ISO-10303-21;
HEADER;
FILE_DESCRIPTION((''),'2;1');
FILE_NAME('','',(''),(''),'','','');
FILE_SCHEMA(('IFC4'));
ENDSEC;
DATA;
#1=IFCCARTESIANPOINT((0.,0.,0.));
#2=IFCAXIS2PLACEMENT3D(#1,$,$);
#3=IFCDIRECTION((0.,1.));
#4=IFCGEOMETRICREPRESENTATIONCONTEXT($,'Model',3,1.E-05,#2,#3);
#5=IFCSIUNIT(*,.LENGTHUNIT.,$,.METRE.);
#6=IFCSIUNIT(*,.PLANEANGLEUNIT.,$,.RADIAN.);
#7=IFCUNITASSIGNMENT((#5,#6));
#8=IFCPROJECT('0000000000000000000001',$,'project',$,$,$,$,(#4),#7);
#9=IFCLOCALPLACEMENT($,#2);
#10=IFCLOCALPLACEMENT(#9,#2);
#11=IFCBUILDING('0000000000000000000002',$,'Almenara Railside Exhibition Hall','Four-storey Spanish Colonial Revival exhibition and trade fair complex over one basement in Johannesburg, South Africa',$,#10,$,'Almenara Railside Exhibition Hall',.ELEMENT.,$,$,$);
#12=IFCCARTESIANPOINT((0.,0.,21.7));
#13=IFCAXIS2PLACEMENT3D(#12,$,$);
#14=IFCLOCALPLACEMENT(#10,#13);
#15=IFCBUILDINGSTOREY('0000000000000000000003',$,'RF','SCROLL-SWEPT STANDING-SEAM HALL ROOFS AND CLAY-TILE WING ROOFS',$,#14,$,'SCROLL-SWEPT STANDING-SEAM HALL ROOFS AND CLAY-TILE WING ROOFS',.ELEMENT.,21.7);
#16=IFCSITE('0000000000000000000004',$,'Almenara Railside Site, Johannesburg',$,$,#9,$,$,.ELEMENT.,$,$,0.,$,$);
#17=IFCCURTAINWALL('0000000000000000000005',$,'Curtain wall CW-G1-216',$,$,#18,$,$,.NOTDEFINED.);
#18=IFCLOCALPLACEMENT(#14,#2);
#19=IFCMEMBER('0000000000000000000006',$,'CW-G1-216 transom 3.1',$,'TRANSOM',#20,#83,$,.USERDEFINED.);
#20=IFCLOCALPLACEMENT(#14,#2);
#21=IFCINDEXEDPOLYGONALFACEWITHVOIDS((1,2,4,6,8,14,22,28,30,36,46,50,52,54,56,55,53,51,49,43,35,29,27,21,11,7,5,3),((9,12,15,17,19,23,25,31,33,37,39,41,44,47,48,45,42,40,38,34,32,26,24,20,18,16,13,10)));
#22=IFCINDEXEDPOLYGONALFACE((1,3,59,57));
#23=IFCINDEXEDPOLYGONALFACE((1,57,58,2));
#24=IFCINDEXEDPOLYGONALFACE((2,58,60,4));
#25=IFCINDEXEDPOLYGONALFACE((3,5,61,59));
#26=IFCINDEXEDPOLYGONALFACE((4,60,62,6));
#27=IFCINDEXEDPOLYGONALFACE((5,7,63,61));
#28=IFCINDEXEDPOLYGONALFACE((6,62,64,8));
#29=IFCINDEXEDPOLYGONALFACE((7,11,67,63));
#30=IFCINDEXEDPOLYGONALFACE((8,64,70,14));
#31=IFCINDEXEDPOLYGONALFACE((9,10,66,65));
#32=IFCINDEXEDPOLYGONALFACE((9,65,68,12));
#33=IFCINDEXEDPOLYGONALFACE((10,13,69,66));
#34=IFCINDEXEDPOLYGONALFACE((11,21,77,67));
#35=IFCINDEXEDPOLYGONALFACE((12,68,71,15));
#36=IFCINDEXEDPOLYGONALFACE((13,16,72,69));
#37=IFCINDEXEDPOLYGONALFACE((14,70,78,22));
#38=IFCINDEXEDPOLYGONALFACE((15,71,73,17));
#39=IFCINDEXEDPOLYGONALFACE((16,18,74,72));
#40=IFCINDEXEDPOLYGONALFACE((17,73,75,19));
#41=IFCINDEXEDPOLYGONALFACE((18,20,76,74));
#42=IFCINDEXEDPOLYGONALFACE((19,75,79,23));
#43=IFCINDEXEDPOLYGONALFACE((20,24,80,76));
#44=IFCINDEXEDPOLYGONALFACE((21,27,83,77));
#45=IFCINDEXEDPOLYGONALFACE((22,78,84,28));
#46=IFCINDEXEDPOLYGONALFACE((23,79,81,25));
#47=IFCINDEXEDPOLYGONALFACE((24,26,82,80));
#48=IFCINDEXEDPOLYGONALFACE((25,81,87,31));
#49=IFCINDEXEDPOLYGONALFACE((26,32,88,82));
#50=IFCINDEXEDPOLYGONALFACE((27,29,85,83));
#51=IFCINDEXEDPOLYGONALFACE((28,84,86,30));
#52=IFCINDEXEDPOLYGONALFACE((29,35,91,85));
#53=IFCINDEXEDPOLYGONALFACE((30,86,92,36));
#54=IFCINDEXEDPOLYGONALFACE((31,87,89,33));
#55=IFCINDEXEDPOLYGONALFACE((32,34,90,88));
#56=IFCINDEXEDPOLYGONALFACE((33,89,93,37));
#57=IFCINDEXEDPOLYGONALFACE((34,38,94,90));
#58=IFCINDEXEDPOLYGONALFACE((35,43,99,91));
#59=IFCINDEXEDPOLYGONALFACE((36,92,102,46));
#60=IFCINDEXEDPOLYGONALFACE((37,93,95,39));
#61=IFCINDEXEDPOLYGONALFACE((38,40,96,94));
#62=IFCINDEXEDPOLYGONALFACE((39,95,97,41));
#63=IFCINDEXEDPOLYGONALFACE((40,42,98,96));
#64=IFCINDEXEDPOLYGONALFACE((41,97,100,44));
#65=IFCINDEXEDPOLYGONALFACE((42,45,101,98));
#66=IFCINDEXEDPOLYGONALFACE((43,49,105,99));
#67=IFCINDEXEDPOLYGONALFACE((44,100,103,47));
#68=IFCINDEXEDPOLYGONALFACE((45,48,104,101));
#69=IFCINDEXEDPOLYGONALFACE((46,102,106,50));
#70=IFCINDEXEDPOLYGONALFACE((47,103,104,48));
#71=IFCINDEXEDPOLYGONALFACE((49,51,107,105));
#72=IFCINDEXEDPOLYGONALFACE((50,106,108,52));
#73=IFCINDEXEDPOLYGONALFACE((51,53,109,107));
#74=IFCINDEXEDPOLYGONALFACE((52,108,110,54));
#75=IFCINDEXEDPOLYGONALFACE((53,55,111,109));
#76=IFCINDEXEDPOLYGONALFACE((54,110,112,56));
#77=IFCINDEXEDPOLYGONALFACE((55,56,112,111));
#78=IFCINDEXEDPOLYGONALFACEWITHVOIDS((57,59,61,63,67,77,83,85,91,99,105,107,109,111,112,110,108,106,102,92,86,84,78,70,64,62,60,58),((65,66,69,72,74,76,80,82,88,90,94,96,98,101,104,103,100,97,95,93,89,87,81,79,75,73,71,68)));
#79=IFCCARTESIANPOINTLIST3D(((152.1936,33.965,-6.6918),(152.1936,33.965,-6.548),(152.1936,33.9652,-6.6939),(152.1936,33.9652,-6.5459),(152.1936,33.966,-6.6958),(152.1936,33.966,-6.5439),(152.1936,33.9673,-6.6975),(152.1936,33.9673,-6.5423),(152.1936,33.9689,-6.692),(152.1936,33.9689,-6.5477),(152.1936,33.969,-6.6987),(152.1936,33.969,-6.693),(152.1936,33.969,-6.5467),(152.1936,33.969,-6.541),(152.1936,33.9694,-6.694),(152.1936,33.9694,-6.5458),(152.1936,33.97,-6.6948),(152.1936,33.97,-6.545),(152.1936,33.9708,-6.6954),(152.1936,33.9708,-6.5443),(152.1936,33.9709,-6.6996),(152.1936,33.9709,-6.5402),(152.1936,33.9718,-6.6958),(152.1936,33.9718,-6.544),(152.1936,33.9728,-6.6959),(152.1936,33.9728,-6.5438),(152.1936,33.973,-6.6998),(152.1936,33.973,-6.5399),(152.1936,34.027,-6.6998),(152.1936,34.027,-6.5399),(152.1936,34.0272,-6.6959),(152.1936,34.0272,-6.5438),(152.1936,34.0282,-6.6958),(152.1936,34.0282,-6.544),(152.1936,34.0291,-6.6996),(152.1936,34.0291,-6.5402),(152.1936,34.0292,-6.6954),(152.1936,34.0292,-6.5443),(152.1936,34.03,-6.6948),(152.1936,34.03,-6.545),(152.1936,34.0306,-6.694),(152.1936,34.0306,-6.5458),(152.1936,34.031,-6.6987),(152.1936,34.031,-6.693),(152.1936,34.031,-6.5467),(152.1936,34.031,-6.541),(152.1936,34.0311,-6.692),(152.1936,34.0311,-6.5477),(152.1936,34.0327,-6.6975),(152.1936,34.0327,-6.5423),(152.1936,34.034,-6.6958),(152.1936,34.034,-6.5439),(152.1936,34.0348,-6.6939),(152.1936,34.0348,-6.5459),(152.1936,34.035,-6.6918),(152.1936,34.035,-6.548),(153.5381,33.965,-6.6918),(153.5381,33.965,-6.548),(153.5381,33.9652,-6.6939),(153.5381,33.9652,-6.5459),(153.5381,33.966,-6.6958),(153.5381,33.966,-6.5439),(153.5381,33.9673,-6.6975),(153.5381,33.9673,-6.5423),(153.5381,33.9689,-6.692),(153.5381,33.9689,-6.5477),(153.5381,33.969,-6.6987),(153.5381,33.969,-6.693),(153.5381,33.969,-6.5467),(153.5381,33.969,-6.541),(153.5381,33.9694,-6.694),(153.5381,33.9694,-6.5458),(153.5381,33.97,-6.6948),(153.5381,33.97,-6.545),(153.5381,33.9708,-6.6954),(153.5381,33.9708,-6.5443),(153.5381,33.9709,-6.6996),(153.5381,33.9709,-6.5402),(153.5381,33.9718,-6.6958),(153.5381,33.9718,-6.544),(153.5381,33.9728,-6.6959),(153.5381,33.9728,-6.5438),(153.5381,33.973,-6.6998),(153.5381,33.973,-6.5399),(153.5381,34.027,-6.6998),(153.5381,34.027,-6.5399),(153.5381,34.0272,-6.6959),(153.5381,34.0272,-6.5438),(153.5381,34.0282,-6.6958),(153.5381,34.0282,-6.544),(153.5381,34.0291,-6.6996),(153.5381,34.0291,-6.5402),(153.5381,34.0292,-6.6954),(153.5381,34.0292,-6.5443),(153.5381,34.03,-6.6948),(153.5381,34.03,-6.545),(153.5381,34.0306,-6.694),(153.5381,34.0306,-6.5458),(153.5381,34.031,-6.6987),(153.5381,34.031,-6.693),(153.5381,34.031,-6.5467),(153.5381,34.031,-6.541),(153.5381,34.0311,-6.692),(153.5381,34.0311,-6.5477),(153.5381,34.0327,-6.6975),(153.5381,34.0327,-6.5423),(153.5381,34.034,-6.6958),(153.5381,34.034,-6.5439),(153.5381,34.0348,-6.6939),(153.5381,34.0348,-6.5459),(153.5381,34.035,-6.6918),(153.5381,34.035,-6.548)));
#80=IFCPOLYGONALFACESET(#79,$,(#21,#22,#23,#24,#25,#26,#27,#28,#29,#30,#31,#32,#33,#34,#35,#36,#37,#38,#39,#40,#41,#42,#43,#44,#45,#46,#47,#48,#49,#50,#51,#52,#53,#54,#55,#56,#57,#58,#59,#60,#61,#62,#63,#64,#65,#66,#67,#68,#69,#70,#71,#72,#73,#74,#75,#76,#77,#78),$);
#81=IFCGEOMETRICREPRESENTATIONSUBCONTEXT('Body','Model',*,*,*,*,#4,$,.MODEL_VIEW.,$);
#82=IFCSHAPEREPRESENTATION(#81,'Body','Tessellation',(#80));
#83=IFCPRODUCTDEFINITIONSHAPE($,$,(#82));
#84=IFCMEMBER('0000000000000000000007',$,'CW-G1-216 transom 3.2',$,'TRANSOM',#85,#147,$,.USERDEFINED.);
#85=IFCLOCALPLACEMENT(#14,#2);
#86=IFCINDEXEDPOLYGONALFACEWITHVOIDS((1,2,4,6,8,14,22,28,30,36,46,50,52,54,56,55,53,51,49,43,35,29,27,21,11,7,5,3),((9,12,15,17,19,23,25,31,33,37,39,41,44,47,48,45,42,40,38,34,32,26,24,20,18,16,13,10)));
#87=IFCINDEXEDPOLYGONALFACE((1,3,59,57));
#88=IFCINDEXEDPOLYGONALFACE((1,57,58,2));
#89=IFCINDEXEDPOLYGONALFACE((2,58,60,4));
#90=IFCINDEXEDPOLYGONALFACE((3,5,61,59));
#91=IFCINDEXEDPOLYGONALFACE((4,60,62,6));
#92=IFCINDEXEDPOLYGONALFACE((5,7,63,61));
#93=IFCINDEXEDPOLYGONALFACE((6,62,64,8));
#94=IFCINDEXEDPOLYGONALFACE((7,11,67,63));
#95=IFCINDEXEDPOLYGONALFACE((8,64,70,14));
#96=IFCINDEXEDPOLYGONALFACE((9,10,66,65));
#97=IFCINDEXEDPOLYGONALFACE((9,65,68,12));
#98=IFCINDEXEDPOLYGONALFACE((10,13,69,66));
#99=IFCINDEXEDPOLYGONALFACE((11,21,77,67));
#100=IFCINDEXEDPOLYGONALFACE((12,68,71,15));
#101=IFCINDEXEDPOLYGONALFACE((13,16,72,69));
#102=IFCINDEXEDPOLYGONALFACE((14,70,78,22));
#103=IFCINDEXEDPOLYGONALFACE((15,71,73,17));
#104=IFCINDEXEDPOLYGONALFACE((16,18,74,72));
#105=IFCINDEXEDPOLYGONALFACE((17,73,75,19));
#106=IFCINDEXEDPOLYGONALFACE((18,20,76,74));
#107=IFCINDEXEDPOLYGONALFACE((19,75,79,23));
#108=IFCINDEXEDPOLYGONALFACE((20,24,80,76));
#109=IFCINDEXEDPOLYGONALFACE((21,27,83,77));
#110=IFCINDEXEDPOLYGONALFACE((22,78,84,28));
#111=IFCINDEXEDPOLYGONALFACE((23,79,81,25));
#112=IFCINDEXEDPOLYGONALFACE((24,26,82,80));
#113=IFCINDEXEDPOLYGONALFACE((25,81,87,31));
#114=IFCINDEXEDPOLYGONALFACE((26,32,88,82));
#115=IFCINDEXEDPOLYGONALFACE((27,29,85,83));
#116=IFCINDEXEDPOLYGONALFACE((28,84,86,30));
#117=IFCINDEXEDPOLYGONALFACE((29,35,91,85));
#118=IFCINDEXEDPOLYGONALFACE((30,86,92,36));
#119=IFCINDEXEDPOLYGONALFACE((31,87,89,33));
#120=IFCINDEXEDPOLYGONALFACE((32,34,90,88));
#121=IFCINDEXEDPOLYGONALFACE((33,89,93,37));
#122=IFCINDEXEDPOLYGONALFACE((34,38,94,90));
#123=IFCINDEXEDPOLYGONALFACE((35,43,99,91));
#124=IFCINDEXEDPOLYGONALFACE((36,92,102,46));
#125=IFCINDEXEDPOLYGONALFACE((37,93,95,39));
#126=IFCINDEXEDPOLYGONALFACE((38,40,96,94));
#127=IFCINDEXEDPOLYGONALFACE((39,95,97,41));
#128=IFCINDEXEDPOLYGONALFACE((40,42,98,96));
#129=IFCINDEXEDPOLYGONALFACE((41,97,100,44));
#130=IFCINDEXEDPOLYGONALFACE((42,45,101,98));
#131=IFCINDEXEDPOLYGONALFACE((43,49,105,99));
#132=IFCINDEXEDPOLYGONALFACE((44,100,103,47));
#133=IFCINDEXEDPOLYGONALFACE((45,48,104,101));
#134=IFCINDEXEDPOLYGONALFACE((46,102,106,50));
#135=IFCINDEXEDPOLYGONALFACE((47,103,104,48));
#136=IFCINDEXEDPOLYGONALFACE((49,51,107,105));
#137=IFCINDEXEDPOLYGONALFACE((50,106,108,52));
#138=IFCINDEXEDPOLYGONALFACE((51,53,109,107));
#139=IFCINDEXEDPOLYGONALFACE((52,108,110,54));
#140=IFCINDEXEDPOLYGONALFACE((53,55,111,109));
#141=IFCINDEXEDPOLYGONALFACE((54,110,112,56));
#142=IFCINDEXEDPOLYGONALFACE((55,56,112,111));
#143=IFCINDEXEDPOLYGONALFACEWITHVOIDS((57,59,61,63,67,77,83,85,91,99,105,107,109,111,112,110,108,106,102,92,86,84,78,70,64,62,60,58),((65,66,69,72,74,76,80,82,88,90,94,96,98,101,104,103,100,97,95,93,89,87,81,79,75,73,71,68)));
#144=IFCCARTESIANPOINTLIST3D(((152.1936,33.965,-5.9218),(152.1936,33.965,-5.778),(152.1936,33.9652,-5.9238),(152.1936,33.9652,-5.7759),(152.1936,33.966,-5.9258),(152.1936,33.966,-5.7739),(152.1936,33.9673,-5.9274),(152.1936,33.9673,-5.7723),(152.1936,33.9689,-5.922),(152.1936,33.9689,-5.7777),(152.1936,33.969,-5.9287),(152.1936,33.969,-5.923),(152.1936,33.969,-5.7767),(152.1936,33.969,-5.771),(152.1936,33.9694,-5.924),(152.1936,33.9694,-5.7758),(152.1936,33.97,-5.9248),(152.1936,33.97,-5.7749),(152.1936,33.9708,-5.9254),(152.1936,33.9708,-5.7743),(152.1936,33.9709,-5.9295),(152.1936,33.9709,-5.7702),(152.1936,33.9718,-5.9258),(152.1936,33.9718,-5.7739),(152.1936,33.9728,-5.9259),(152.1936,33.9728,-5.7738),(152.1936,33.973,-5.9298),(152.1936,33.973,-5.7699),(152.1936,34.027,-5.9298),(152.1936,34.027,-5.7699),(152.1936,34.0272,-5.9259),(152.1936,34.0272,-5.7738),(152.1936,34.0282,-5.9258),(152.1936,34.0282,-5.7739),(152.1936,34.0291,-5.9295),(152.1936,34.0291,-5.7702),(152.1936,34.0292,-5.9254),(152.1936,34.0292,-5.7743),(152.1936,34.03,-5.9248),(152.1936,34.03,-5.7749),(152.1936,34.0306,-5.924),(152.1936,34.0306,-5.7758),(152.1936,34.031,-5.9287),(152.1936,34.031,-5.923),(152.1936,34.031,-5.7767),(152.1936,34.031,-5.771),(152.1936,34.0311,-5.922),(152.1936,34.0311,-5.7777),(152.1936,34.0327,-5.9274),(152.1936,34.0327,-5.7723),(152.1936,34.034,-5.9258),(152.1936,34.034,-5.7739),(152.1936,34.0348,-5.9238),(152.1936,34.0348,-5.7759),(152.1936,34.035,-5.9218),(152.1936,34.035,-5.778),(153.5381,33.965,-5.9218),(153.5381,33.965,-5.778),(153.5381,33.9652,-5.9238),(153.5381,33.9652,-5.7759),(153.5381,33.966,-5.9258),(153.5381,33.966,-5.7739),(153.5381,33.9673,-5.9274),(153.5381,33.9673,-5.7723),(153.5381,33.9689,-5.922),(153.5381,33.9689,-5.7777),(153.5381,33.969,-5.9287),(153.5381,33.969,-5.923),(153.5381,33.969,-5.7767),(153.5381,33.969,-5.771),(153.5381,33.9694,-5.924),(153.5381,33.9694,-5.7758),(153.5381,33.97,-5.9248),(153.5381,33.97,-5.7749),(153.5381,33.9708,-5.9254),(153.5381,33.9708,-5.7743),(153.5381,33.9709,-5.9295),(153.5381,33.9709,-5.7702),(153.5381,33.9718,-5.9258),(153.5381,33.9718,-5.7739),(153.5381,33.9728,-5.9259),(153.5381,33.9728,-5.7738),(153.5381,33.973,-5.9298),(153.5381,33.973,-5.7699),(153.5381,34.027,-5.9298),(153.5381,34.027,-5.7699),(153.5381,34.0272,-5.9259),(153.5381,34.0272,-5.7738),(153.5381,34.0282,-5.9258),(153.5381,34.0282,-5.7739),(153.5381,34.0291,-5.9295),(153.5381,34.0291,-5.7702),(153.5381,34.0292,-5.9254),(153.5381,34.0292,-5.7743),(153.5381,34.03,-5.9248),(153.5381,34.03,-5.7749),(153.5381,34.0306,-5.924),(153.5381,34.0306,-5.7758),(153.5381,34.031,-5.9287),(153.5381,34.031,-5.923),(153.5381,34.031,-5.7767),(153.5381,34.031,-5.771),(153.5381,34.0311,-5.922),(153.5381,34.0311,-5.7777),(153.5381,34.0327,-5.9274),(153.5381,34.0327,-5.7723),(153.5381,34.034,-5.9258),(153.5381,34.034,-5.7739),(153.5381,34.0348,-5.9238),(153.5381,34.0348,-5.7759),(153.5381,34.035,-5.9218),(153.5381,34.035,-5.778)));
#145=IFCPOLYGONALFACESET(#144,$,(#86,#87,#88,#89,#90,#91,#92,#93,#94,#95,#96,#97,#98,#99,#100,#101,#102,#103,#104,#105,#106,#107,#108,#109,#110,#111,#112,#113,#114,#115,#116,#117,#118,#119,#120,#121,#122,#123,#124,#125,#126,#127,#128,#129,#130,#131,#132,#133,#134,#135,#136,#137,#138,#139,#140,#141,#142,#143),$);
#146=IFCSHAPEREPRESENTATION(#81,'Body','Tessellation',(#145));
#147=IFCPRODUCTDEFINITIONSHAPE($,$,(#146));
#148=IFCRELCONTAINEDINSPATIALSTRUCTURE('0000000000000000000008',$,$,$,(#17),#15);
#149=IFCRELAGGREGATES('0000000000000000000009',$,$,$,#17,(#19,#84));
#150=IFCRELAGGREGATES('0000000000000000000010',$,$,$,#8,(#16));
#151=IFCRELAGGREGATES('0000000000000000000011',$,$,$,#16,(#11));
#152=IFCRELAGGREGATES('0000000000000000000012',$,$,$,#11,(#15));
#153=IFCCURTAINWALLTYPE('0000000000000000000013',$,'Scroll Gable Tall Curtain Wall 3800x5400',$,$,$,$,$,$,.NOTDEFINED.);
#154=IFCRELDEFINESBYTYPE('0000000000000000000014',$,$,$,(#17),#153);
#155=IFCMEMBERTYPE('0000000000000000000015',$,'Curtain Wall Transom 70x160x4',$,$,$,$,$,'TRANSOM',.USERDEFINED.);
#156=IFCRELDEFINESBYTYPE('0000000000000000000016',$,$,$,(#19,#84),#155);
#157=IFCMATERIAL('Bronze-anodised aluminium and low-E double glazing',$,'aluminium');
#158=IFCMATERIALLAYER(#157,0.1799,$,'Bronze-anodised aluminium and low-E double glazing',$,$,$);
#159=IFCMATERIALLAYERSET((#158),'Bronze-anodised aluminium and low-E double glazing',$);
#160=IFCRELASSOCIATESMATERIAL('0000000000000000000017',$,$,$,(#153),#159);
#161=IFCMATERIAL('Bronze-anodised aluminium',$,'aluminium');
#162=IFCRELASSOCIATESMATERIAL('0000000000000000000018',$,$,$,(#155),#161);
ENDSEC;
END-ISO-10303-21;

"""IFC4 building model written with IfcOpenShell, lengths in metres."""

from ifc_helpers import new_model, si_unit, direction, frame, origin, origin_2d, place, context, subcontext, project, spatial, hollow_rectangle, extrude, material, layer, layer_set, material_profile, profile_set, type_object, element, aggregate, save


model = new_model("IFC4")

# Units and contexts
model_context = context("Model", 3, precision=1e-05, world=origin(), true_north=direction((0.0, 1.0)))
body_context = subcontext(model_context, "Body", "Model", "MODEL_VIEW")
ifc_project = project(units=[si_unit("LENGTHUNIT", "METRE"), si_unit("PLANEANGLEUNIT", "RADIAN")], contexts=[model_context])

# Site, building, storey
site_placement = place(None, origin())
site = spatial("IfcSite", under=ifc_project, at=site_placement, Name="Almenara Railside Site, Johannesburg", CompositionType="ELEMENT", RefElevation=0.0)
building_placement = place(site_placement, origin())
building = spatial("IfcBuilding", under=site, at=building_placement, Name="Almenara Railside Exhibition Hall", Description="Four-storey Spanish Colonial Revival exhibition and trade fair complex over one basement in Johannesburg, South Africa", LongName="Almenara Railside Exhibition Hall", CompositionType="ELEMENT")
storey_placement = place(building_placement, frame((0.0, 0.0, 21.7)))
storey = spatial("IfcBuildingStorey", under=building, at=storey_placement, Name="RF", Description="SCROLL-SWEPT STANDING-SEAM HALL ROOFS AND CLAY-TILE WING ROOFS", LongName="SCROLL-SWEPT STANDING-SEAM HALL ROOFS AND CLAY-TILE WING ROOFS", CompositionType="ELEMENT", Elevation=21.7)

# Curtain wall
ifc_material_1 = material(Name="Bronze-anodised aluminium and low-E double glazing", Category="aluminium")
ifc_layer_1 = layer(ifc_material_1, 0.1799, Name="Bronze-anodised aluminium and low-E double glazing")
ifc_layer_set_1 = layer_set([ifc_layer_1], Name="Bronze-anodised aluminium and low-E double glazing")
curtain_wall_type = type_object("IfcCurtainWallType", Name="Scroll Gable Tall Curtain Wall 3800x5400", PredefinedType="NOTDEFINED", material=ifc_layer_set_1)
ifc_material_2 = material(Name="Bronze-anodised aluminium", Category="aluminium")
curtain_wall_1_placement = place(storey_placement, origin())
curtain_wall_1 = element("IfcCurtainWall", 1, at=curtain_wall_1_placement, inside=storey, type_object=curtain_wall_type, Name="Curtain wall CW-G1-216", PredefinedType="NOTDEFINED")

# Members
ifc_material_profile_1 = material_profile(ifc_material_2, hollow_rectangle(XDim=0.0701, YDim=0.1599, WallThickness=0.0039, InnerFilletRadius=0.0039, OuterFilletRadius=0.0081, at=origin_2d()), Name="ALU-TRN 70x160x4")
ifc_profile_set_1 = profile_set([ifc_material_profile_1], Name="Bronze-anodised aluminium")
member_type_1 = type_object("IfcMemberType", Name="Curtain Wall Transom 70x160x4", ElementType="TRANSOM", PredefinedType="USERDEFINED", material=ifc_profile_set_1)
member_1_placement = place(storey_placement, frame((152.1936, 34.0, -6.6199), z_axis=(1.0, 0.0, 0.0), x_axis=(0.0, 1.0, 0.0)))
member_1 = element("IfcMember", 2, at=member_1_placement, type_object=member_type_1, Name="CW-G1-216 transom 3.1", ObjectType="TRANSOM", PredefinedType="USERDEFINED", context=body_context, shape_type="SweptSolid", body=[
    extrude(hollow_rectangle(XDim=0.0701, YDim=0.1599, WallThickness=0.0039, InnerFilletRadius=0.0039, OuterFilletRadius=0.0081, at=origin_2d()), origin(), (0.0, 0.0, 1.0), 1.3445),
])
member_2_placement = place(storey_placement, frame((152.1936, 34.0, -5.8499), z_axis=(1.0, 0.0, 0.0), x_axis=(0.0, 1.0, 0.0)))
member_2 = element("IfcMember", 3, at=member_2_placement, type_object=member_type_1, Name="CW-G1-216 transom 3.2", ObjectType="TRANSOM", PredefinedType="USERDEFINED", context=body_context, shape_type="SweptSolid", body=[
    extrude(hollow_rectangle(XDim=0.0701, YDim=0.1599, WallThickness=0.0039, InnerFilletRadius=0.0039, OuterFilletRadius=0.0081, at=origin_2d()), origin(), (0.0, 0.0, 1.0), 1.3445),
])

aggregate(curtain_wall_1, [member_1, member_2])

save(model, "model.ifc")
